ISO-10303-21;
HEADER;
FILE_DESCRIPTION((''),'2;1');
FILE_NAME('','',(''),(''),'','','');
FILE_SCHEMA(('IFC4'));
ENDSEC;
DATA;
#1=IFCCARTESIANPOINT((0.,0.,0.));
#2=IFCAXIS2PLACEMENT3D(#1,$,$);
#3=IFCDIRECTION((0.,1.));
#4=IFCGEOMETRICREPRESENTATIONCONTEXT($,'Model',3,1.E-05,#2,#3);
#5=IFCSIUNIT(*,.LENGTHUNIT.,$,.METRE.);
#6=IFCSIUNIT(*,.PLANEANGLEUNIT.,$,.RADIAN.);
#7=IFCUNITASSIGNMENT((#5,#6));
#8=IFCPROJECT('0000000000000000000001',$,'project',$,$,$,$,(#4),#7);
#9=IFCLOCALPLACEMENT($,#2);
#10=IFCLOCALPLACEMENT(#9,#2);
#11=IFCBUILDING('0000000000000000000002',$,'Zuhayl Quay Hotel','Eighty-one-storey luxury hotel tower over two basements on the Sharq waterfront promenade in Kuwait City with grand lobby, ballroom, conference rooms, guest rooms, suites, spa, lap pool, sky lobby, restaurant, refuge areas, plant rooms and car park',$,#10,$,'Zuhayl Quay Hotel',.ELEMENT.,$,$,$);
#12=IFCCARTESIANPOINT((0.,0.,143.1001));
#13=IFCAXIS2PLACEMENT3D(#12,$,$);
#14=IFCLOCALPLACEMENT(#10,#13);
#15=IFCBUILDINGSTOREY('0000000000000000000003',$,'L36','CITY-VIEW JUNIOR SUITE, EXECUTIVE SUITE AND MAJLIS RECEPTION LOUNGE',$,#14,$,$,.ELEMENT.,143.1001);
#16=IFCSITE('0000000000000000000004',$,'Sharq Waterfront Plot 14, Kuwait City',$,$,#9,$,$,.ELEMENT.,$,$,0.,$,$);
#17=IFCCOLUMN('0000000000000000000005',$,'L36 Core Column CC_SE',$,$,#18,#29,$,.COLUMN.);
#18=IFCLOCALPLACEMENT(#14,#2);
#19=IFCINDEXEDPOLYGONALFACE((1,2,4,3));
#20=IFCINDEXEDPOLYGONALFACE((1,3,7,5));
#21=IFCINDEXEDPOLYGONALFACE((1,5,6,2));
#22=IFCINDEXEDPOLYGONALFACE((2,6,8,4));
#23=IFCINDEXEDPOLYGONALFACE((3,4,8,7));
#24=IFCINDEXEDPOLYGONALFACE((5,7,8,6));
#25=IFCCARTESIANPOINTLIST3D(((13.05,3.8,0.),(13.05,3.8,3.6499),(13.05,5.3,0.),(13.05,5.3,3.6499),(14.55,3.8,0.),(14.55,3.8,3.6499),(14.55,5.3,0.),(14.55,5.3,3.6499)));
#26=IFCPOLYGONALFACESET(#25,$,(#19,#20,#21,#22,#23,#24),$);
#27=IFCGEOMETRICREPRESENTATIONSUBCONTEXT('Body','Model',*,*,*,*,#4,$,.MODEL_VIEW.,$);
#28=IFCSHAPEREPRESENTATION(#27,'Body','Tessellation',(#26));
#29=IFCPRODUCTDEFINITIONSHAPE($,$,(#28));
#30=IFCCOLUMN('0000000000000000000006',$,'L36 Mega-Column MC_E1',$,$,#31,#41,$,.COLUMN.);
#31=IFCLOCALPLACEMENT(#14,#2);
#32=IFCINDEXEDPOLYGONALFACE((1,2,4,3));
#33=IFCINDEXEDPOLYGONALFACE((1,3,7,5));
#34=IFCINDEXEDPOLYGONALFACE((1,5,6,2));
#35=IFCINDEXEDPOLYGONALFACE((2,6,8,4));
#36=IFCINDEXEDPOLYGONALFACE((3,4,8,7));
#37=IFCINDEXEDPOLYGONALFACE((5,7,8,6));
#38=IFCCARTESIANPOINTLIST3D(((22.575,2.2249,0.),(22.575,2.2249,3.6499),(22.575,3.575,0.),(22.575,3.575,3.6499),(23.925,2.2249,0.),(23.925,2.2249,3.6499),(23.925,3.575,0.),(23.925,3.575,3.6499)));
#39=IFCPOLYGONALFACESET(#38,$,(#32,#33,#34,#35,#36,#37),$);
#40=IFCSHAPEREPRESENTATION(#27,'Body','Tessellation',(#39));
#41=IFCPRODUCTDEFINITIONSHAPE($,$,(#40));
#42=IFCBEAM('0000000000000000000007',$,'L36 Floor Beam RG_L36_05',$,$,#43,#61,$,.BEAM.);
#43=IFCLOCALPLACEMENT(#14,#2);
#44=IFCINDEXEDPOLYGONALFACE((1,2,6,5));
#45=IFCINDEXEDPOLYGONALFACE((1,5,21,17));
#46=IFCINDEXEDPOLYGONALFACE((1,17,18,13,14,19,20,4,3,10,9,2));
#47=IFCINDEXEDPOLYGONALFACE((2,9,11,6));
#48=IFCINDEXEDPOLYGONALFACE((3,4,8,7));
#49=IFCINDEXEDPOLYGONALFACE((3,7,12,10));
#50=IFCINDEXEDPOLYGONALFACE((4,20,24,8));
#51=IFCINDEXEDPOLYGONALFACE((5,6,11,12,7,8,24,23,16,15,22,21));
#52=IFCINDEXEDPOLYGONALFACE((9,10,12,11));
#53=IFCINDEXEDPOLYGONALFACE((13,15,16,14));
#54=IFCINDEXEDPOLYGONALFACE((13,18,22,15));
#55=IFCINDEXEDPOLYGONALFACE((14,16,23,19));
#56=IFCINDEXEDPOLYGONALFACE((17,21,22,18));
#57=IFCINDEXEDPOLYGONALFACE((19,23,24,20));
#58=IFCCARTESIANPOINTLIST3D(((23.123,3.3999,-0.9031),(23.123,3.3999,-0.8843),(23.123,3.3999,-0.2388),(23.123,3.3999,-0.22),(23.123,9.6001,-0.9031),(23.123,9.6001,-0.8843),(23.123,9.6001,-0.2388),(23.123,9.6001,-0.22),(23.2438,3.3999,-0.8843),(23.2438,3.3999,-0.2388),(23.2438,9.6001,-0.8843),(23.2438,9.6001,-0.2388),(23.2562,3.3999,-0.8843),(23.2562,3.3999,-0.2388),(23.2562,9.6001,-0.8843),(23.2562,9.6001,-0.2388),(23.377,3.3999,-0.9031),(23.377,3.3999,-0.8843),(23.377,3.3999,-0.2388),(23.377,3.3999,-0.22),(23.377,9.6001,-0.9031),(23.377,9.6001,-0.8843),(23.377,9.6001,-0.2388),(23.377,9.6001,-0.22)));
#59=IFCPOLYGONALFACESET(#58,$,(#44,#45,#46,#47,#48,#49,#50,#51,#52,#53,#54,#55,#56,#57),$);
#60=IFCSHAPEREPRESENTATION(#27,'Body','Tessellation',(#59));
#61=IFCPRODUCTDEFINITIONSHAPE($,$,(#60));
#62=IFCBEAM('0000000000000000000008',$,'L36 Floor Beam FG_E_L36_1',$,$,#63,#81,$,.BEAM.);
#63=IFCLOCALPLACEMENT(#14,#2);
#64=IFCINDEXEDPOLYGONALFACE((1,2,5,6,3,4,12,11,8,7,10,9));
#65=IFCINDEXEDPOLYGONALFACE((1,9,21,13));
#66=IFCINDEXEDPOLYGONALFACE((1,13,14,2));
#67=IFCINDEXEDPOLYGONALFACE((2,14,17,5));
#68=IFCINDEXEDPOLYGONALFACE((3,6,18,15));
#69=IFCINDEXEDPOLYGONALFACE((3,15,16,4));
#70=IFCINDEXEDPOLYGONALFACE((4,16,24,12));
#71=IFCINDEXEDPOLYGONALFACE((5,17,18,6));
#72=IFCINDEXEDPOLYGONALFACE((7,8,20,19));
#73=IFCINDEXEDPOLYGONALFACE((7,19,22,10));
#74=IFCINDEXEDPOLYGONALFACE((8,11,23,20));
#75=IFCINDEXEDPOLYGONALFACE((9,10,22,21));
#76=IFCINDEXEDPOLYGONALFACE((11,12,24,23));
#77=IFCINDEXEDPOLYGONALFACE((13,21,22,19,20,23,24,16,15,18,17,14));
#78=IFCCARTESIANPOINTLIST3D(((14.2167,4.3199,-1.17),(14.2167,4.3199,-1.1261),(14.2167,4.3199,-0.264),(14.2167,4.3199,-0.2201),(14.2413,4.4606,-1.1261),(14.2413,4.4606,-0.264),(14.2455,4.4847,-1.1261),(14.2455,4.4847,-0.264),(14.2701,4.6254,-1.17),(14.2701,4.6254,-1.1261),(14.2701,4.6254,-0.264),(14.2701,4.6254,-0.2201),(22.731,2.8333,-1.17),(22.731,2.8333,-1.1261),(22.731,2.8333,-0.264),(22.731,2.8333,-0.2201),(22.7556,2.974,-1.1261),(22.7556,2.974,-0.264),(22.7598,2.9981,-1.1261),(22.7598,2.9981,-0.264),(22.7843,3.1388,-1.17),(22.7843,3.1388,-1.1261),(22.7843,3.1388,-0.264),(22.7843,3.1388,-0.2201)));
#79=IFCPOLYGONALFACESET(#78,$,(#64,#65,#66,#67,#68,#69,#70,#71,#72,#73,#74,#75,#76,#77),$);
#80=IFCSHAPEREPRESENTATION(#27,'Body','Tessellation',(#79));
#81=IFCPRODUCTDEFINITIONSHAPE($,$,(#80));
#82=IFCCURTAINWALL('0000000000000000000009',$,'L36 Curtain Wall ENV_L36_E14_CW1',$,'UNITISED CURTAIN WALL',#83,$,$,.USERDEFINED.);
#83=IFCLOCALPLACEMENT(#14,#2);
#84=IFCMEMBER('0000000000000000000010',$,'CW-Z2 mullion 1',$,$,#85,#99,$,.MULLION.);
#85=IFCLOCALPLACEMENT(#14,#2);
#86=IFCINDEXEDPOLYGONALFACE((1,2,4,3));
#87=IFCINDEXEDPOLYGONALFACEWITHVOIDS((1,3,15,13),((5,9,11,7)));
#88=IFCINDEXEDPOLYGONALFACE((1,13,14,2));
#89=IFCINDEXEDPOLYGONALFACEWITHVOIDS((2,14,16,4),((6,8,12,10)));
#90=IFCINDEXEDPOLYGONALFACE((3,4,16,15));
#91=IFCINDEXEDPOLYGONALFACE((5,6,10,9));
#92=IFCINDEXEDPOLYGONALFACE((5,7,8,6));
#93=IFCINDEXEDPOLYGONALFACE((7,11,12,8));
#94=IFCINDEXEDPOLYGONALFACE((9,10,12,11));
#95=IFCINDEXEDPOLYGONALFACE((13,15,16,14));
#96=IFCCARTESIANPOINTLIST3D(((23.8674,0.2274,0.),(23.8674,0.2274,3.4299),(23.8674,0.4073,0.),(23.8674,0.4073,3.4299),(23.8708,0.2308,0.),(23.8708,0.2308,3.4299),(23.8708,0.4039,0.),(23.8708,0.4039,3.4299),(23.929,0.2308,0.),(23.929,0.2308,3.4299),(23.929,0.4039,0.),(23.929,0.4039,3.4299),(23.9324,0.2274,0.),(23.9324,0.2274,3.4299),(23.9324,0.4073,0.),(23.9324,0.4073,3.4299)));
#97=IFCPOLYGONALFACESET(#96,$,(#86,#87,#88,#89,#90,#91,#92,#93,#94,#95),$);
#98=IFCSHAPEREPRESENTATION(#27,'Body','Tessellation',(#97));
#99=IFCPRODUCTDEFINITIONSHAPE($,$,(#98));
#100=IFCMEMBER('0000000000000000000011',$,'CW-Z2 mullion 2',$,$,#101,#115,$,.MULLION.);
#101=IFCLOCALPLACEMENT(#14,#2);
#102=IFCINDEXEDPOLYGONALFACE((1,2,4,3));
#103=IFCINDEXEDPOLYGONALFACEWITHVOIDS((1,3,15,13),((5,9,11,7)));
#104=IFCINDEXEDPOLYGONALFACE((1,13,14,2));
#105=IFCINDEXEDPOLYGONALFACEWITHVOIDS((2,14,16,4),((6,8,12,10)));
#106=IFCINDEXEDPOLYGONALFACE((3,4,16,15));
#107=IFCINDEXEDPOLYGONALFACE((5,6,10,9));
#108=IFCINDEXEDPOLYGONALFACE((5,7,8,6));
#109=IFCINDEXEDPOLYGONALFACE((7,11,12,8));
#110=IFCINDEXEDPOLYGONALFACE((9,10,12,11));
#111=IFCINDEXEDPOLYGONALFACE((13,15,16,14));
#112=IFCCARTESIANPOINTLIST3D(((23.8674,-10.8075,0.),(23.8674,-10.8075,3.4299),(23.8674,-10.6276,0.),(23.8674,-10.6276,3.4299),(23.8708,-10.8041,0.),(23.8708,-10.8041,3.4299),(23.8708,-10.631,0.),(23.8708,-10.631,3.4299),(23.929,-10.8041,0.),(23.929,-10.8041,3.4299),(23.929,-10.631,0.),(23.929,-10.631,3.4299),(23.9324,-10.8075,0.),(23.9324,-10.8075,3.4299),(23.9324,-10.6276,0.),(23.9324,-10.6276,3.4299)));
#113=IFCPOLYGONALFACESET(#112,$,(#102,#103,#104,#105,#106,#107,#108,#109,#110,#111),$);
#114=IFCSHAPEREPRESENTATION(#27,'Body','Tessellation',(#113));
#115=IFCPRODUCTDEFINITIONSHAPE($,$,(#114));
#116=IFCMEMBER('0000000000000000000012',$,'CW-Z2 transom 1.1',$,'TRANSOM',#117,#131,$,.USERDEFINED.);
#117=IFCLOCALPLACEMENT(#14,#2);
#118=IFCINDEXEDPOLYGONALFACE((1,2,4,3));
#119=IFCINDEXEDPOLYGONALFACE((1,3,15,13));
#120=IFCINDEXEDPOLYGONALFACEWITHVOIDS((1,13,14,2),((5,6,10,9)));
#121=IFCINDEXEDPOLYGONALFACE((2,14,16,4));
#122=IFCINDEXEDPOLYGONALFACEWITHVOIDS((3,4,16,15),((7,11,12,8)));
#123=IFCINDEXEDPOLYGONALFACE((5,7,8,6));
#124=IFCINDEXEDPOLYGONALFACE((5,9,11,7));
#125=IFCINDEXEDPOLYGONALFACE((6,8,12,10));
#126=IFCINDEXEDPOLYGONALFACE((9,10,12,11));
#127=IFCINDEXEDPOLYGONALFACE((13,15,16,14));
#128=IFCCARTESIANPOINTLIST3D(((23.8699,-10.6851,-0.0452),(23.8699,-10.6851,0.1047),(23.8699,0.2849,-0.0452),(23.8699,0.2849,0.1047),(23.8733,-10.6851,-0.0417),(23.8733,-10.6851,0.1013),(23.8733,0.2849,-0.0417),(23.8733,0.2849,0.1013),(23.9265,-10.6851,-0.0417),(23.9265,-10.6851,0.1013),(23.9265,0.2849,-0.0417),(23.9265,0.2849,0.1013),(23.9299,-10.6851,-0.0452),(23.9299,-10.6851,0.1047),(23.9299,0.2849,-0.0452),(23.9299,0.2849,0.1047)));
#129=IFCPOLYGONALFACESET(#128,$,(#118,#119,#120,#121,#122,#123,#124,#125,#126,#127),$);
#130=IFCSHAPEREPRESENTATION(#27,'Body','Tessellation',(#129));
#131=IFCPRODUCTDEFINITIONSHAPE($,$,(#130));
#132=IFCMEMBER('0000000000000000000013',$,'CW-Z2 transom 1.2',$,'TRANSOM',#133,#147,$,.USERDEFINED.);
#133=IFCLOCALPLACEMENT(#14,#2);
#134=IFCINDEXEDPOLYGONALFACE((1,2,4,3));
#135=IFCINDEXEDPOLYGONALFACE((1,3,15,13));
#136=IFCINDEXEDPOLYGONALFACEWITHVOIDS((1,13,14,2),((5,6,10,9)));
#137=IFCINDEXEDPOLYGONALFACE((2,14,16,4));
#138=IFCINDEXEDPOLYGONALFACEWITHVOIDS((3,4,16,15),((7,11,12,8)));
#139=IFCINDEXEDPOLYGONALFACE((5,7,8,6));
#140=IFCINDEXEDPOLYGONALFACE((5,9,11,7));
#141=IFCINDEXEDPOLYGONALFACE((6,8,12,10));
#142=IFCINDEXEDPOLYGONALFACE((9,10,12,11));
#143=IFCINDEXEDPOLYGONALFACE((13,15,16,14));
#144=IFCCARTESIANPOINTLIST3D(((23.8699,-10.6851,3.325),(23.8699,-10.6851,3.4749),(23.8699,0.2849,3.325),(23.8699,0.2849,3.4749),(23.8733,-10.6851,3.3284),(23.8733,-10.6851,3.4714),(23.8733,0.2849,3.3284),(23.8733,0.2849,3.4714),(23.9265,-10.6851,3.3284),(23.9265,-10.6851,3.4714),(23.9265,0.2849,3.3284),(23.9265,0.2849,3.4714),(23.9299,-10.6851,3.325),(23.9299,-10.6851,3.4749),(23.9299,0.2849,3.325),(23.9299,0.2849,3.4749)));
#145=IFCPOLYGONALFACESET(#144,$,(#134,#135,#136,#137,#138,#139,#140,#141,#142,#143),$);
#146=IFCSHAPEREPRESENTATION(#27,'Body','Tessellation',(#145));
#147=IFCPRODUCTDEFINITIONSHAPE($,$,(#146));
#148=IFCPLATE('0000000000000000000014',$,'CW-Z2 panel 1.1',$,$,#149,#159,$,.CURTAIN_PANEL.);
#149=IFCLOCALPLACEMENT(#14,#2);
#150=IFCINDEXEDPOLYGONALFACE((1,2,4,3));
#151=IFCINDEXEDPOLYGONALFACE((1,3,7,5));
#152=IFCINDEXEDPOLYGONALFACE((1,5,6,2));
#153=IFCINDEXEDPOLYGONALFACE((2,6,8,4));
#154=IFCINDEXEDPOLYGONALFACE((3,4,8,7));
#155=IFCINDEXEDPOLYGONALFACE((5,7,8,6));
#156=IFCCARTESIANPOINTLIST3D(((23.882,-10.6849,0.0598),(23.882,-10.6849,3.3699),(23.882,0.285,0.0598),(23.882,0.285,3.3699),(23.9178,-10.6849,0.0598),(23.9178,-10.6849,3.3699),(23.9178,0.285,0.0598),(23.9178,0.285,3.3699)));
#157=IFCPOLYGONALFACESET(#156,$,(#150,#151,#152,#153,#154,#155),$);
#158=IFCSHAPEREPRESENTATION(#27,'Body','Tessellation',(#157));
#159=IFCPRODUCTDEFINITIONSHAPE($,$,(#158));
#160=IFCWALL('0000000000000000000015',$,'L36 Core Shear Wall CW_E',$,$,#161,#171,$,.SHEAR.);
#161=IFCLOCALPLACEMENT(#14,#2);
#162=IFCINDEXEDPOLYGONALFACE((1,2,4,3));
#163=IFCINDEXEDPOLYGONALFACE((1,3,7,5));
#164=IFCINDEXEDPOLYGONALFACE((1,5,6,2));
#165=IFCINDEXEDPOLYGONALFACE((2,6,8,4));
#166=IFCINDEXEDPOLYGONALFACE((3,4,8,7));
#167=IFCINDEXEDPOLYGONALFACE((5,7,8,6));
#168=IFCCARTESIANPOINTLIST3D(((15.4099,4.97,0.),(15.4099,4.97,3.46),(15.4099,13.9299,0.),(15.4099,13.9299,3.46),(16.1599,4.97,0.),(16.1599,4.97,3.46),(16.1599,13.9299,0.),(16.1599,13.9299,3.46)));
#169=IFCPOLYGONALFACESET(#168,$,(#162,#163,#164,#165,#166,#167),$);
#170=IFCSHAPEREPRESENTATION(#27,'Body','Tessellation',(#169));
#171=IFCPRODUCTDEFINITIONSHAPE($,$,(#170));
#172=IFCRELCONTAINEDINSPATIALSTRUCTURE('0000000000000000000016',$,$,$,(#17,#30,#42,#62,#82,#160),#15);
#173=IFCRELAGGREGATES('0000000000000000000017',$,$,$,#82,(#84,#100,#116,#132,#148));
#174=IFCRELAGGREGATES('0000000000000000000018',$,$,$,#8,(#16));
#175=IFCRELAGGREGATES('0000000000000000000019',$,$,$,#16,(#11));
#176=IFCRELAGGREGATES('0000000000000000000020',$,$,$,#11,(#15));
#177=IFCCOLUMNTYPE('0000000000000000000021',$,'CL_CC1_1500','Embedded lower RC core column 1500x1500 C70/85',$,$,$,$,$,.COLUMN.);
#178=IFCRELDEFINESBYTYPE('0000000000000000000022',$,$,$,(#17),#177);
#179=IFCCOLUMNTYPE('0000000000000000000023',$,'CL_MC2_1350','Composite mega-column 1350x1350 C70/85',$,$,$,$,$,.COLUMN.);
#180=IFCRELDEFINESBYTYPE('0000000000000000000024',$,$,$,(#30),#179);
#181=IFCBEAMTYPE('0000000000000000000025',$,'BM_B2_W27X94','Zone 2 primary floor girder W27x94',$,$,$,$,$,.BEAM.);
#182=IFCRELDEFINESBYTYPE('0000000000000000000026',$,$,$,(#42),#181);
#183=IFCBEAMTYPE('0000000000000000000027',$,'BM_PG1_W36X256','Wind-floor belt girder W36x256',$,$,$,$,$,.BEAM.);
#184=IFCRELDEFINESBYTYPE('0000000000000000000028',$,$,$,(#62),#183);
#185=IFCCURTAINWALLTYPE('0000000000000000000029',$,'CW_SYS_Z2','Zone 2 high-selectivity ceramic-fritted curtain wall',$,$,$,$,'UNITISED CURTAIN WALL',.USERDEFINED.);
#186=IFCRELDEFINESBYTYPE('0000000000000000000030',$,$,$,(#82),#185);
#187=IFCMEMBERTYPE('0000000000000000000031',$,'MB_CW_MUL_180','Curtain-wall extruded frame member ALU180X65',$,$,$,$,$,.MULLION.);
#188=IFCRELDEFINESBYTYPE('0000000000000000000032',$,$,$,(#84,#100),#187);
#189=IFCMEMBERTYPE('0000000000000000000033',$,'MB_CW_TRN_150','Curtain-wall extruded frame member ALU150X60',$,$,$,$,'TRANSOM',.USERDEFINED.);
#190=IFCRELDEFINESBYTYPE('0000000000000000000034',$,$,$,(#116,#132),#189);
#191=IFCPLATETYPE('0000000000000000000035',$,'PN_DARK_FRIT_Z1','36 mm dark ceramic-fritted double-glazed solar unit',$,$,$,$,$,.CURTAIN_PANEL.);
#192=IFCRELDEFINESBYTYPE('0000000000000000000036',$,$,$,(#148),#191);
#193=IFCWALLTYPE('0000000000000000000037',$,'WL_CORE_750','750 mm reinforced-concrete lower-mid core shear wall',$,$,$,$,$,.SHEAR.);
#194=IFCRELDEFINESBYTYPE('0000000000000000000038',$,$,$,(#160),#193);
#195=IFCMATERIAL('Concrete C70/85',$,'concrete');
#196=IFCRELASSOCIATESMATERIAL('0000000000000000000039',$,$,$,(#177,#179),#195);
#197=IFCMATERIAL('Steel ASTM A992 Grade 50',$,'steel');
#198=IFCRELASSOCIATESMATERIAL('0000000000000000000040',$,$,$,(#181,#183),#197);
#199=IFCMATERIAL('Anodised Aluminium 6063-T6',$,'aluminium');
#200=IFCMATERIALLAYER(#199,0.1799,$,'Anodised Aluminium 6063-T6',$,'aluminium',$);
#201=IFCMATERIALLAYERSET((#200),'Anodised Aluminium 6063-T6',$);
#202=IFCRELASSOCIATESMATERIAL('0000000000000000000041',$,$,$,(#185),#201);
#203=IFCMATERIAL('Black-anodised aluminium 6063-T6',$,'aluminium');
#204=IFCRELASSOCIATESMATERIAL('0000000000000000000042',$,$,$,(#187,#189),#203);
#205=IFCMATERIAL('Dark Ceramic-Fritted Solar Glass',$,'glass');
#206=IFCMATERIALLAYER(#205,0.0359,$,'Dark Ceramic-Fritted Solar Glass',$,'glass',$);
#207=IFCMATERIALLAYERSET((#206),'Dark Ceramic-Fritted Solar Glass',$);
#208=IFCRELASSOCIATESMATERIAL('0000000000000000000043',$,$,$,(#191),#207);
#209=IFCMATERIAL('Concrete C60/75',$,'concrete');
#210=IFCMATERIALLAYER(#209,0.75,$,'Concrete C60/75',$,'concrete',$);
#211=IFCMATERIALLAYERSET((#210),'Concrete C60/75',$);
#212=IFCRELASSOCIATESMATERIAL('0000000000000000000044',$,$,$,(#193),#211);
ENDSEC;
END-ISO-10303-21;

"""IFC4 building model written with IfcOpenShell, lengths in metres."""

from ifc_helpers import new_model, si_unit, direction, frame, frame_2d, origin, origin_2d, place, context, subcontext, project, spatial, rectangle, hollow_rectangle, i_section, extrude, material, layer, layer_set, material_profile, profile_set, type_object, element, aggregate, save


model = new_model("IFC4")

# Units and contexts
model_context = context("Model", 3, precision=1e-05, world=origin(), true_north=direction((0.0, 1.0)))
body_context = subcontext(model_context, "Body", "Model", "MODEL_VIEW")
ifc_project = project(units=[si_unit("LENGTHUNIT", "METRE"), si_unit("PLANEANGLEUNIT", "RADIAN")], contexts=[model_context])

# Site, building, storey
site_placement = place(None, origin())
site = spatial("IfcSite", under=ifc_project, at=site_placement, Name="Sharq Waterfront Plot 14, Kuwait City", CompositionType="ELEMENT", RefElevation=0.0)
building_placement = place(site_placement, origin())
building = spatial("IfcBuilding", under=site, at=building_placement, Name="Zuhayl Quay Hotel", Description="Eighty-one-storey luxury hotel tower over two basements on the Sharq waterfront promenade in Kuwait City with grand lobby, ballroom, conference rooms, guest rooms, suites, spa, lap pool, sky lobby, restaurant, refuge areas, plant rooms and car park", LongName="Zuhayl Quay Hotel", CompositionType="ELEMENT")
storey_placement = place(building_placement, frame((0.0, 0.0, 143.1001)))
storey = spatial("IfcBuildingStorey", under=building, at=storey_placement, Name="L36", Description="CITY-VIEW JUNIOR SUITE, EXECUTIVE SUITE AND MAJLIS RECEPTION LOUNGE", CompositionType="ELEMENT", Elevation=143.1001)

# Columns
ifc_material_1 = material(Name="Concrete C70/85", Category="concrete")
ifc_material_profile_1 = material_profile(ifc_material_1, rectangle(XDim=1.5, YDim=1.5, at=origin_2d()), Name="RC1500X1500")
ifc_profile_set_1 = profile_set([ifc_material_profile_1], Name="Concrete C70/85")
column_type_1 = type_object("IfcColumnType", Name="CL_CC1_1500", Description="Embedded lower RC core column 1500x1500 C70/85", PredefinedType="COLUMN", material=ifc_profile_set_1)
column_1_placement = place(storey_placement, frame((13.8, 4.55, 0.0), z_axis=(0.0, 0.0, 1.0), x_axis=(1.0, 0.0, 0.0)))
element("IfcColumn", 1, at=column_1_placement, inside=storey, type_object=column_type_1, Name="L36 Core Column CC_SE", PredefinedType="COLUMN", context=body_context, shape_type="SweptSolid", body=[
    extrude(rectangle(XDim=1.5, YDim=1.5, at=origin_2d()), origin(), (0.0, 0.0, 1.0), 3.6499),
])
ifc_material_profile_2 = material_profile(ifc_material_1, rectangle(XDim=1.3501, YDim=1.3501, at=origin_2d()), Name="RC1350X1350")
ifc_profile_set_2 = profile_set([ifc_material_profile_2], Name="Concrete C70/85")
column_type_2 = type_object("IfcColumnType", Name="CL_MC2_1350", Description="Composite mega-column 1350x1350 C70/85", PredefinedType="COLUMN", material=ifc_profile_set_2)
column_2_placement = place(storey_placement, frame((23.25, 2.8999, 0.0), z_axis=(0.0, 0.0, 1.0), x_axis=(1.0, 0.0, 0.0)))
element("IfcColumn", 2, at=column_2_placement, inside=storey, type_object=column_type_2, Name="L36 Mega-Column MC_E1", PredefinedType="COLUMN", context=body_context, shape_type="SweptSolid", body=[
    extrude(rectangle(XDim=1.3501, YDim=1.3501, at=origin_2d()), origin(), (0.0, 0.0, 1.0), 3.6499),
])

# Beams
ifc_material_2 = material(Name="Steel ASTM A992 Grade 50", Category="steel")
ifc_material_profile_3 = material_profile(ifc_material_2, i_section(OverallWidth=0.2539, OverallDepth=0.6831, WebThickness=0.0125, FlangeThickness=0.0188, at=origin_2d()), Name="W27X94")
ifc_profile_set_3 = profile_set([ifc_material_profile_3], Name="Steel ASTM A992 Grade 50")
beam_type_1 = type_object("IfcBeamType", Name="BM_B2_W27X94", Description="Zone 2 primary floor girder W27x94", PredefinedType="BEAM", material=ifc_profile_set_3)
beam_1_placement = place(storey_placement, frame((23.25, 3.3999, -0.5615), z_axis=(0.0, 1.0, 0.0), x_axis=(-1.0, 0.0, 0.0)))
element("IfcBeam", 3, at=beam_1_placement, inside=storey, type_object=beam_type_1, Name="L36 Floor Beam RG_L36_05", PredefinedType="BEAM", context=body_context, shape_type="SweptSolid", body=[
    extrude(i_section(OverallWidth=0.2539, OverallDepth=0.6831, WebThickness=0.0125, FlangeThickness=0.0188, at=origin_2d()), origin(), (0.0, 0.0, 1.0), 6.2002),
])
ifc_material_profile_4 = material_profile(ifc_material_2, i_section(OverallWidth=0.3101, OverallDepth=0.95, WebThickness=0.0244, FlangeThickness=0.0439, at=origin_2d()), Name="W36X256")
ifc_profile_set_4 = profile_set([ifc_material_profile_4], Name="Steel ASTM A992 Grade 50")
beam_type_2 = type_object("IfcBeamType", Name="BM_PG1_W36X256", Description="Wind-floor belt girder W36x256", PredefinedType="BEAM", material=ifc_profile_set_4)
beam_2_placement = place(storey_placement, frame((14.2434, 4.4727, -0.6951), z_axis=(0.985097, -0.171998, 0.0), x_axis=(0.171998, 0.985097, 0.0)))
element("IfcBeam", 4, at=beam_2_placement, inside=storey, type_object=beam_type_2, Name="L36 Floor Beam FG_E_L36_1", PredefinedType="BEAM", context=body_context, shape_type="SweptSolid", body=[
    extrude(i_section(OverallWidth=0.3101, OverallDepth=0.95, WebThickness=0.0244, FlangeThickness=0.0439, at=origin_2d()), origin(), (0.0, 0.0, 1.0), 8.6431),
])

# Curtain wall, members, plate
ifc_material_3 = material(Name="Anodised Aluminium 6063-T6", Category="aluminium")
ifc_layer_1 = layer(ifc_material_3, 0.1799, Name="Anodised Aluminium 6063-T6", Category="aluminium")
ifc_layer_set_1 = layer_set([ifc_layer_1], Name="Anodised Aluminium 6063-T6")
curtain_wall_type = type_object("IfcCurtainWallType", Name="CW_SYS_Z2", Description="Zone 2 high-selectivity ceramic-fritted curtain wall", ElementType="UNITISED CURTAIN WALL", PredefinedType="USERDEFINED", material=ifc_layer_set_1)
curtain_wall_placement = place(storey_placement, origin())
curtain_wall = element("IfcCurtainWall", 5, at=curtain_wall_placement, inside=storey, type_object=curtain_wall_type, Name="L36 Curtain Wall ENV_L36_E14_CW1", ObjectType="UNITISED CURTAIN WALL", PredefinedType="USERDEFINED")
ifc_material_4 = material(Name="Black-anodised aluminium 6063-T6", Category="aluminium")
ifc_material_profile_5 = material_profile(ifc_material_4, hollow_rectangle(XDim=0.0649, YDim=0.1799, WallThickness=0.0034, at=origin_2d()), Name="ALU180X65")
ifc_profile_set_5 = profile_set([ifc_material_profile_5], Name="Black-anodised aluminium 6063-T6")
member_type_1 = type_object("IfcMemberType", Name="MB_CW_MUL_180", Description="Curtain-wall extruded frame member ALU180X65", PredefinedType="MULLION", material=ifc_profile_set_5)
member_1_placement = place(storey_placement, frame((23.8999, 0.3174, 0.0), z_axis=(0.0, 0.0, 1.0), x_axis=(1.0, 0.0, 0.0)))
member_1 = element("IfcMember", 6, at=member_1_placement, type_object=member_type_1, Name="CW-Z2 mullion 1", PredefinedType="MULLION", context=body_context, shape_type="SweptSolid", body=[
    extrude(hollow_rectangle(XDim=0.0649, YDim=0.1799, WallThickness=0.0034, at=origin_2d()), origin(), (0.0, 0.0, 1.0), 3.4299),
])
member_2_placement = place(storey_placement, frame((23.8999, -10.7175, 0.0), z_axis=(0.0, 0.0, 1.0), x_axis=(1.0, 0.0, 0.0)))
member_2 = element("IfcMember", 7, at=member_2_placement, type_object=member_type_1, Name="CW-Z2 mullion 2", PredefinedType="MULLION", context=body_context, shape_type="SweptSolid", body=[
    extrude(hollow_rectangle(XDim=0.0649, YDim=0.1799, WallThickness=0.0034, at=origin_2d()), origin(), (0.0, 0.0, 1.0), 3.4299),
])
ifc_material_profile_6 = material_profile(ifc_material_4, hollow_rectangle(XDim=0.0601, YDim=0.1499, WallThickness=0.0034, at=origin_2d()), Name="ALU150X60")
ifc_profile_set_6 = profile_set([ifc_material_profile_6], Name="Black-anodised aluminium 6063-T6")
member_type_2 = type_object("IfcMemberType", Name="MB_CW_TRN_150", Description="Curtain-wall extruded frame member ALU150X60", ElementType="TRANSOM", PredefinedType="USERDEFINED", material=ifc_profile_set_6)
member_3_placement = place(storey_placement, frame((23.8999, 0.2849, 0.0298), z_axis=(0.0, -1.0, 0.0), x_axis=(1.0, 0.0, 0.0)))
member_3 = element("IfcMember", 8, at=member_3_placement, type_object=member_type_2, Name="CW-Z2 transom 1.1", ObjectType="TRANSOM", PredefinedType="USERDEFINED", context=body_context, shape_type="SweptSolid", body=[
    extrude(hollow_rectangle(XDim=0.0601, YDim=0.1499, WallThickness=0.0034, at=origin_2d()), origin(), (0.0, 0.0, 1.0), 10.97),
])
member_4_placement = place(storey_placement, frame((23.8999, 0.2849, 3.3999), z_axis=(0.0, -1.0, 0.0), x_axis=(1.0, 0.0, 0.0)))
member_4 = element("IfcMember", 9, at=member_4_placement, type_object=member_type_2, Name="CW-Z2 transom 1.2", ObjectType="TRANSOM", PredefinedType="USERDEFINED", context=body_context, shape_type="SweptSolid", body=[
    extrude(hollow_rectangle(XDim=0.0601, YDim=0.1499, WallThickness=0.0034, at=origin_2d()), origin(), (0.0, 0.0, 1.0), 10.97),
])
ifc_material_5 = material(Name="Dark Ceramic-Fritted Solar Glass", Category="glass")
ifc_layer_2 = layer(ifc_material_5, 0.0359, Name="Dark Ceramic-Fritted Solar Glass", Category="glass")
ifc_layer_set_2 = layer_set([ifc_layer_2], Name="Dark Ceramic-Fritted Solar Glass")
plate_type = type_object("IfcPlateType", Name="PN_DARK_FRIT_Z1", Description="36 mm dark ceramic-fritted double-glazed solar unit", PredefinedType="CURTAIN_PANEL", material=ifc_layer_set_2)
plate_placement = place(storey_placement, frame((23.8999, -5.2, 0.0598), z_axis=(0.0, 0.0, 1.0), x_axis=(0.0, -1.0, 0.0)))
plate = element("IfcPlate", 10, at=plate_placement, type_object=plate_type, Name="CW-Z2 panel 1.1", PredefinedType="CURTAIN_PANEL", context=body_context, shape_type="SweptSolid", body=[
    extrude(rectangle(XDim=10.97, YDim=0.0359, at=origin_2d()), origin(), (0.0, 0.0, 1.0), 3.3101),
])
aggregate(curtain_wall, [member_1, member_2, member_3, member_4, plate])

# Wall
ifc_material_6 = material(Name="Concrete C60/75", Category="concrete")
ifc_layer_3 = layer(ifc_material_6, 0.75, Name="Concrete C60/75", Category="concrete")
ifc_layer_set_3 = layer_set([ifc_layer_3], Name="Concrete C60/75")
wall_type_1 = type_object("IfcWallType", Name="WL_CORE_750", Description="750 mm reinforced-concrete lower-mid core shear wall", PredefinedType="SHEAR", material=ifc_layer_set_3)
wall_1_placement = place(storey_placement, frame((15.7849, 4.97, 0.0), z_axis=(0.0, 0.0, 1.0), x_axis=(0.0, 1.0, 0.0)))
element("IfcWall", 11, at=wall_1_placement, inside=storey, type_object=wall_type_1, Name="L36 Core Shear Wall CW_E", PredefinedType="SHEAR", context=body_context, shape_type="SweptSolid", body=[
    extrude(rectangle(XDim=8.96, YDim=0.75, at=frame_2d((4.48, 0.0))), origin(), (0.0, 0.0, 1.0), 3.46),
])

save(model, "model.ifc")
